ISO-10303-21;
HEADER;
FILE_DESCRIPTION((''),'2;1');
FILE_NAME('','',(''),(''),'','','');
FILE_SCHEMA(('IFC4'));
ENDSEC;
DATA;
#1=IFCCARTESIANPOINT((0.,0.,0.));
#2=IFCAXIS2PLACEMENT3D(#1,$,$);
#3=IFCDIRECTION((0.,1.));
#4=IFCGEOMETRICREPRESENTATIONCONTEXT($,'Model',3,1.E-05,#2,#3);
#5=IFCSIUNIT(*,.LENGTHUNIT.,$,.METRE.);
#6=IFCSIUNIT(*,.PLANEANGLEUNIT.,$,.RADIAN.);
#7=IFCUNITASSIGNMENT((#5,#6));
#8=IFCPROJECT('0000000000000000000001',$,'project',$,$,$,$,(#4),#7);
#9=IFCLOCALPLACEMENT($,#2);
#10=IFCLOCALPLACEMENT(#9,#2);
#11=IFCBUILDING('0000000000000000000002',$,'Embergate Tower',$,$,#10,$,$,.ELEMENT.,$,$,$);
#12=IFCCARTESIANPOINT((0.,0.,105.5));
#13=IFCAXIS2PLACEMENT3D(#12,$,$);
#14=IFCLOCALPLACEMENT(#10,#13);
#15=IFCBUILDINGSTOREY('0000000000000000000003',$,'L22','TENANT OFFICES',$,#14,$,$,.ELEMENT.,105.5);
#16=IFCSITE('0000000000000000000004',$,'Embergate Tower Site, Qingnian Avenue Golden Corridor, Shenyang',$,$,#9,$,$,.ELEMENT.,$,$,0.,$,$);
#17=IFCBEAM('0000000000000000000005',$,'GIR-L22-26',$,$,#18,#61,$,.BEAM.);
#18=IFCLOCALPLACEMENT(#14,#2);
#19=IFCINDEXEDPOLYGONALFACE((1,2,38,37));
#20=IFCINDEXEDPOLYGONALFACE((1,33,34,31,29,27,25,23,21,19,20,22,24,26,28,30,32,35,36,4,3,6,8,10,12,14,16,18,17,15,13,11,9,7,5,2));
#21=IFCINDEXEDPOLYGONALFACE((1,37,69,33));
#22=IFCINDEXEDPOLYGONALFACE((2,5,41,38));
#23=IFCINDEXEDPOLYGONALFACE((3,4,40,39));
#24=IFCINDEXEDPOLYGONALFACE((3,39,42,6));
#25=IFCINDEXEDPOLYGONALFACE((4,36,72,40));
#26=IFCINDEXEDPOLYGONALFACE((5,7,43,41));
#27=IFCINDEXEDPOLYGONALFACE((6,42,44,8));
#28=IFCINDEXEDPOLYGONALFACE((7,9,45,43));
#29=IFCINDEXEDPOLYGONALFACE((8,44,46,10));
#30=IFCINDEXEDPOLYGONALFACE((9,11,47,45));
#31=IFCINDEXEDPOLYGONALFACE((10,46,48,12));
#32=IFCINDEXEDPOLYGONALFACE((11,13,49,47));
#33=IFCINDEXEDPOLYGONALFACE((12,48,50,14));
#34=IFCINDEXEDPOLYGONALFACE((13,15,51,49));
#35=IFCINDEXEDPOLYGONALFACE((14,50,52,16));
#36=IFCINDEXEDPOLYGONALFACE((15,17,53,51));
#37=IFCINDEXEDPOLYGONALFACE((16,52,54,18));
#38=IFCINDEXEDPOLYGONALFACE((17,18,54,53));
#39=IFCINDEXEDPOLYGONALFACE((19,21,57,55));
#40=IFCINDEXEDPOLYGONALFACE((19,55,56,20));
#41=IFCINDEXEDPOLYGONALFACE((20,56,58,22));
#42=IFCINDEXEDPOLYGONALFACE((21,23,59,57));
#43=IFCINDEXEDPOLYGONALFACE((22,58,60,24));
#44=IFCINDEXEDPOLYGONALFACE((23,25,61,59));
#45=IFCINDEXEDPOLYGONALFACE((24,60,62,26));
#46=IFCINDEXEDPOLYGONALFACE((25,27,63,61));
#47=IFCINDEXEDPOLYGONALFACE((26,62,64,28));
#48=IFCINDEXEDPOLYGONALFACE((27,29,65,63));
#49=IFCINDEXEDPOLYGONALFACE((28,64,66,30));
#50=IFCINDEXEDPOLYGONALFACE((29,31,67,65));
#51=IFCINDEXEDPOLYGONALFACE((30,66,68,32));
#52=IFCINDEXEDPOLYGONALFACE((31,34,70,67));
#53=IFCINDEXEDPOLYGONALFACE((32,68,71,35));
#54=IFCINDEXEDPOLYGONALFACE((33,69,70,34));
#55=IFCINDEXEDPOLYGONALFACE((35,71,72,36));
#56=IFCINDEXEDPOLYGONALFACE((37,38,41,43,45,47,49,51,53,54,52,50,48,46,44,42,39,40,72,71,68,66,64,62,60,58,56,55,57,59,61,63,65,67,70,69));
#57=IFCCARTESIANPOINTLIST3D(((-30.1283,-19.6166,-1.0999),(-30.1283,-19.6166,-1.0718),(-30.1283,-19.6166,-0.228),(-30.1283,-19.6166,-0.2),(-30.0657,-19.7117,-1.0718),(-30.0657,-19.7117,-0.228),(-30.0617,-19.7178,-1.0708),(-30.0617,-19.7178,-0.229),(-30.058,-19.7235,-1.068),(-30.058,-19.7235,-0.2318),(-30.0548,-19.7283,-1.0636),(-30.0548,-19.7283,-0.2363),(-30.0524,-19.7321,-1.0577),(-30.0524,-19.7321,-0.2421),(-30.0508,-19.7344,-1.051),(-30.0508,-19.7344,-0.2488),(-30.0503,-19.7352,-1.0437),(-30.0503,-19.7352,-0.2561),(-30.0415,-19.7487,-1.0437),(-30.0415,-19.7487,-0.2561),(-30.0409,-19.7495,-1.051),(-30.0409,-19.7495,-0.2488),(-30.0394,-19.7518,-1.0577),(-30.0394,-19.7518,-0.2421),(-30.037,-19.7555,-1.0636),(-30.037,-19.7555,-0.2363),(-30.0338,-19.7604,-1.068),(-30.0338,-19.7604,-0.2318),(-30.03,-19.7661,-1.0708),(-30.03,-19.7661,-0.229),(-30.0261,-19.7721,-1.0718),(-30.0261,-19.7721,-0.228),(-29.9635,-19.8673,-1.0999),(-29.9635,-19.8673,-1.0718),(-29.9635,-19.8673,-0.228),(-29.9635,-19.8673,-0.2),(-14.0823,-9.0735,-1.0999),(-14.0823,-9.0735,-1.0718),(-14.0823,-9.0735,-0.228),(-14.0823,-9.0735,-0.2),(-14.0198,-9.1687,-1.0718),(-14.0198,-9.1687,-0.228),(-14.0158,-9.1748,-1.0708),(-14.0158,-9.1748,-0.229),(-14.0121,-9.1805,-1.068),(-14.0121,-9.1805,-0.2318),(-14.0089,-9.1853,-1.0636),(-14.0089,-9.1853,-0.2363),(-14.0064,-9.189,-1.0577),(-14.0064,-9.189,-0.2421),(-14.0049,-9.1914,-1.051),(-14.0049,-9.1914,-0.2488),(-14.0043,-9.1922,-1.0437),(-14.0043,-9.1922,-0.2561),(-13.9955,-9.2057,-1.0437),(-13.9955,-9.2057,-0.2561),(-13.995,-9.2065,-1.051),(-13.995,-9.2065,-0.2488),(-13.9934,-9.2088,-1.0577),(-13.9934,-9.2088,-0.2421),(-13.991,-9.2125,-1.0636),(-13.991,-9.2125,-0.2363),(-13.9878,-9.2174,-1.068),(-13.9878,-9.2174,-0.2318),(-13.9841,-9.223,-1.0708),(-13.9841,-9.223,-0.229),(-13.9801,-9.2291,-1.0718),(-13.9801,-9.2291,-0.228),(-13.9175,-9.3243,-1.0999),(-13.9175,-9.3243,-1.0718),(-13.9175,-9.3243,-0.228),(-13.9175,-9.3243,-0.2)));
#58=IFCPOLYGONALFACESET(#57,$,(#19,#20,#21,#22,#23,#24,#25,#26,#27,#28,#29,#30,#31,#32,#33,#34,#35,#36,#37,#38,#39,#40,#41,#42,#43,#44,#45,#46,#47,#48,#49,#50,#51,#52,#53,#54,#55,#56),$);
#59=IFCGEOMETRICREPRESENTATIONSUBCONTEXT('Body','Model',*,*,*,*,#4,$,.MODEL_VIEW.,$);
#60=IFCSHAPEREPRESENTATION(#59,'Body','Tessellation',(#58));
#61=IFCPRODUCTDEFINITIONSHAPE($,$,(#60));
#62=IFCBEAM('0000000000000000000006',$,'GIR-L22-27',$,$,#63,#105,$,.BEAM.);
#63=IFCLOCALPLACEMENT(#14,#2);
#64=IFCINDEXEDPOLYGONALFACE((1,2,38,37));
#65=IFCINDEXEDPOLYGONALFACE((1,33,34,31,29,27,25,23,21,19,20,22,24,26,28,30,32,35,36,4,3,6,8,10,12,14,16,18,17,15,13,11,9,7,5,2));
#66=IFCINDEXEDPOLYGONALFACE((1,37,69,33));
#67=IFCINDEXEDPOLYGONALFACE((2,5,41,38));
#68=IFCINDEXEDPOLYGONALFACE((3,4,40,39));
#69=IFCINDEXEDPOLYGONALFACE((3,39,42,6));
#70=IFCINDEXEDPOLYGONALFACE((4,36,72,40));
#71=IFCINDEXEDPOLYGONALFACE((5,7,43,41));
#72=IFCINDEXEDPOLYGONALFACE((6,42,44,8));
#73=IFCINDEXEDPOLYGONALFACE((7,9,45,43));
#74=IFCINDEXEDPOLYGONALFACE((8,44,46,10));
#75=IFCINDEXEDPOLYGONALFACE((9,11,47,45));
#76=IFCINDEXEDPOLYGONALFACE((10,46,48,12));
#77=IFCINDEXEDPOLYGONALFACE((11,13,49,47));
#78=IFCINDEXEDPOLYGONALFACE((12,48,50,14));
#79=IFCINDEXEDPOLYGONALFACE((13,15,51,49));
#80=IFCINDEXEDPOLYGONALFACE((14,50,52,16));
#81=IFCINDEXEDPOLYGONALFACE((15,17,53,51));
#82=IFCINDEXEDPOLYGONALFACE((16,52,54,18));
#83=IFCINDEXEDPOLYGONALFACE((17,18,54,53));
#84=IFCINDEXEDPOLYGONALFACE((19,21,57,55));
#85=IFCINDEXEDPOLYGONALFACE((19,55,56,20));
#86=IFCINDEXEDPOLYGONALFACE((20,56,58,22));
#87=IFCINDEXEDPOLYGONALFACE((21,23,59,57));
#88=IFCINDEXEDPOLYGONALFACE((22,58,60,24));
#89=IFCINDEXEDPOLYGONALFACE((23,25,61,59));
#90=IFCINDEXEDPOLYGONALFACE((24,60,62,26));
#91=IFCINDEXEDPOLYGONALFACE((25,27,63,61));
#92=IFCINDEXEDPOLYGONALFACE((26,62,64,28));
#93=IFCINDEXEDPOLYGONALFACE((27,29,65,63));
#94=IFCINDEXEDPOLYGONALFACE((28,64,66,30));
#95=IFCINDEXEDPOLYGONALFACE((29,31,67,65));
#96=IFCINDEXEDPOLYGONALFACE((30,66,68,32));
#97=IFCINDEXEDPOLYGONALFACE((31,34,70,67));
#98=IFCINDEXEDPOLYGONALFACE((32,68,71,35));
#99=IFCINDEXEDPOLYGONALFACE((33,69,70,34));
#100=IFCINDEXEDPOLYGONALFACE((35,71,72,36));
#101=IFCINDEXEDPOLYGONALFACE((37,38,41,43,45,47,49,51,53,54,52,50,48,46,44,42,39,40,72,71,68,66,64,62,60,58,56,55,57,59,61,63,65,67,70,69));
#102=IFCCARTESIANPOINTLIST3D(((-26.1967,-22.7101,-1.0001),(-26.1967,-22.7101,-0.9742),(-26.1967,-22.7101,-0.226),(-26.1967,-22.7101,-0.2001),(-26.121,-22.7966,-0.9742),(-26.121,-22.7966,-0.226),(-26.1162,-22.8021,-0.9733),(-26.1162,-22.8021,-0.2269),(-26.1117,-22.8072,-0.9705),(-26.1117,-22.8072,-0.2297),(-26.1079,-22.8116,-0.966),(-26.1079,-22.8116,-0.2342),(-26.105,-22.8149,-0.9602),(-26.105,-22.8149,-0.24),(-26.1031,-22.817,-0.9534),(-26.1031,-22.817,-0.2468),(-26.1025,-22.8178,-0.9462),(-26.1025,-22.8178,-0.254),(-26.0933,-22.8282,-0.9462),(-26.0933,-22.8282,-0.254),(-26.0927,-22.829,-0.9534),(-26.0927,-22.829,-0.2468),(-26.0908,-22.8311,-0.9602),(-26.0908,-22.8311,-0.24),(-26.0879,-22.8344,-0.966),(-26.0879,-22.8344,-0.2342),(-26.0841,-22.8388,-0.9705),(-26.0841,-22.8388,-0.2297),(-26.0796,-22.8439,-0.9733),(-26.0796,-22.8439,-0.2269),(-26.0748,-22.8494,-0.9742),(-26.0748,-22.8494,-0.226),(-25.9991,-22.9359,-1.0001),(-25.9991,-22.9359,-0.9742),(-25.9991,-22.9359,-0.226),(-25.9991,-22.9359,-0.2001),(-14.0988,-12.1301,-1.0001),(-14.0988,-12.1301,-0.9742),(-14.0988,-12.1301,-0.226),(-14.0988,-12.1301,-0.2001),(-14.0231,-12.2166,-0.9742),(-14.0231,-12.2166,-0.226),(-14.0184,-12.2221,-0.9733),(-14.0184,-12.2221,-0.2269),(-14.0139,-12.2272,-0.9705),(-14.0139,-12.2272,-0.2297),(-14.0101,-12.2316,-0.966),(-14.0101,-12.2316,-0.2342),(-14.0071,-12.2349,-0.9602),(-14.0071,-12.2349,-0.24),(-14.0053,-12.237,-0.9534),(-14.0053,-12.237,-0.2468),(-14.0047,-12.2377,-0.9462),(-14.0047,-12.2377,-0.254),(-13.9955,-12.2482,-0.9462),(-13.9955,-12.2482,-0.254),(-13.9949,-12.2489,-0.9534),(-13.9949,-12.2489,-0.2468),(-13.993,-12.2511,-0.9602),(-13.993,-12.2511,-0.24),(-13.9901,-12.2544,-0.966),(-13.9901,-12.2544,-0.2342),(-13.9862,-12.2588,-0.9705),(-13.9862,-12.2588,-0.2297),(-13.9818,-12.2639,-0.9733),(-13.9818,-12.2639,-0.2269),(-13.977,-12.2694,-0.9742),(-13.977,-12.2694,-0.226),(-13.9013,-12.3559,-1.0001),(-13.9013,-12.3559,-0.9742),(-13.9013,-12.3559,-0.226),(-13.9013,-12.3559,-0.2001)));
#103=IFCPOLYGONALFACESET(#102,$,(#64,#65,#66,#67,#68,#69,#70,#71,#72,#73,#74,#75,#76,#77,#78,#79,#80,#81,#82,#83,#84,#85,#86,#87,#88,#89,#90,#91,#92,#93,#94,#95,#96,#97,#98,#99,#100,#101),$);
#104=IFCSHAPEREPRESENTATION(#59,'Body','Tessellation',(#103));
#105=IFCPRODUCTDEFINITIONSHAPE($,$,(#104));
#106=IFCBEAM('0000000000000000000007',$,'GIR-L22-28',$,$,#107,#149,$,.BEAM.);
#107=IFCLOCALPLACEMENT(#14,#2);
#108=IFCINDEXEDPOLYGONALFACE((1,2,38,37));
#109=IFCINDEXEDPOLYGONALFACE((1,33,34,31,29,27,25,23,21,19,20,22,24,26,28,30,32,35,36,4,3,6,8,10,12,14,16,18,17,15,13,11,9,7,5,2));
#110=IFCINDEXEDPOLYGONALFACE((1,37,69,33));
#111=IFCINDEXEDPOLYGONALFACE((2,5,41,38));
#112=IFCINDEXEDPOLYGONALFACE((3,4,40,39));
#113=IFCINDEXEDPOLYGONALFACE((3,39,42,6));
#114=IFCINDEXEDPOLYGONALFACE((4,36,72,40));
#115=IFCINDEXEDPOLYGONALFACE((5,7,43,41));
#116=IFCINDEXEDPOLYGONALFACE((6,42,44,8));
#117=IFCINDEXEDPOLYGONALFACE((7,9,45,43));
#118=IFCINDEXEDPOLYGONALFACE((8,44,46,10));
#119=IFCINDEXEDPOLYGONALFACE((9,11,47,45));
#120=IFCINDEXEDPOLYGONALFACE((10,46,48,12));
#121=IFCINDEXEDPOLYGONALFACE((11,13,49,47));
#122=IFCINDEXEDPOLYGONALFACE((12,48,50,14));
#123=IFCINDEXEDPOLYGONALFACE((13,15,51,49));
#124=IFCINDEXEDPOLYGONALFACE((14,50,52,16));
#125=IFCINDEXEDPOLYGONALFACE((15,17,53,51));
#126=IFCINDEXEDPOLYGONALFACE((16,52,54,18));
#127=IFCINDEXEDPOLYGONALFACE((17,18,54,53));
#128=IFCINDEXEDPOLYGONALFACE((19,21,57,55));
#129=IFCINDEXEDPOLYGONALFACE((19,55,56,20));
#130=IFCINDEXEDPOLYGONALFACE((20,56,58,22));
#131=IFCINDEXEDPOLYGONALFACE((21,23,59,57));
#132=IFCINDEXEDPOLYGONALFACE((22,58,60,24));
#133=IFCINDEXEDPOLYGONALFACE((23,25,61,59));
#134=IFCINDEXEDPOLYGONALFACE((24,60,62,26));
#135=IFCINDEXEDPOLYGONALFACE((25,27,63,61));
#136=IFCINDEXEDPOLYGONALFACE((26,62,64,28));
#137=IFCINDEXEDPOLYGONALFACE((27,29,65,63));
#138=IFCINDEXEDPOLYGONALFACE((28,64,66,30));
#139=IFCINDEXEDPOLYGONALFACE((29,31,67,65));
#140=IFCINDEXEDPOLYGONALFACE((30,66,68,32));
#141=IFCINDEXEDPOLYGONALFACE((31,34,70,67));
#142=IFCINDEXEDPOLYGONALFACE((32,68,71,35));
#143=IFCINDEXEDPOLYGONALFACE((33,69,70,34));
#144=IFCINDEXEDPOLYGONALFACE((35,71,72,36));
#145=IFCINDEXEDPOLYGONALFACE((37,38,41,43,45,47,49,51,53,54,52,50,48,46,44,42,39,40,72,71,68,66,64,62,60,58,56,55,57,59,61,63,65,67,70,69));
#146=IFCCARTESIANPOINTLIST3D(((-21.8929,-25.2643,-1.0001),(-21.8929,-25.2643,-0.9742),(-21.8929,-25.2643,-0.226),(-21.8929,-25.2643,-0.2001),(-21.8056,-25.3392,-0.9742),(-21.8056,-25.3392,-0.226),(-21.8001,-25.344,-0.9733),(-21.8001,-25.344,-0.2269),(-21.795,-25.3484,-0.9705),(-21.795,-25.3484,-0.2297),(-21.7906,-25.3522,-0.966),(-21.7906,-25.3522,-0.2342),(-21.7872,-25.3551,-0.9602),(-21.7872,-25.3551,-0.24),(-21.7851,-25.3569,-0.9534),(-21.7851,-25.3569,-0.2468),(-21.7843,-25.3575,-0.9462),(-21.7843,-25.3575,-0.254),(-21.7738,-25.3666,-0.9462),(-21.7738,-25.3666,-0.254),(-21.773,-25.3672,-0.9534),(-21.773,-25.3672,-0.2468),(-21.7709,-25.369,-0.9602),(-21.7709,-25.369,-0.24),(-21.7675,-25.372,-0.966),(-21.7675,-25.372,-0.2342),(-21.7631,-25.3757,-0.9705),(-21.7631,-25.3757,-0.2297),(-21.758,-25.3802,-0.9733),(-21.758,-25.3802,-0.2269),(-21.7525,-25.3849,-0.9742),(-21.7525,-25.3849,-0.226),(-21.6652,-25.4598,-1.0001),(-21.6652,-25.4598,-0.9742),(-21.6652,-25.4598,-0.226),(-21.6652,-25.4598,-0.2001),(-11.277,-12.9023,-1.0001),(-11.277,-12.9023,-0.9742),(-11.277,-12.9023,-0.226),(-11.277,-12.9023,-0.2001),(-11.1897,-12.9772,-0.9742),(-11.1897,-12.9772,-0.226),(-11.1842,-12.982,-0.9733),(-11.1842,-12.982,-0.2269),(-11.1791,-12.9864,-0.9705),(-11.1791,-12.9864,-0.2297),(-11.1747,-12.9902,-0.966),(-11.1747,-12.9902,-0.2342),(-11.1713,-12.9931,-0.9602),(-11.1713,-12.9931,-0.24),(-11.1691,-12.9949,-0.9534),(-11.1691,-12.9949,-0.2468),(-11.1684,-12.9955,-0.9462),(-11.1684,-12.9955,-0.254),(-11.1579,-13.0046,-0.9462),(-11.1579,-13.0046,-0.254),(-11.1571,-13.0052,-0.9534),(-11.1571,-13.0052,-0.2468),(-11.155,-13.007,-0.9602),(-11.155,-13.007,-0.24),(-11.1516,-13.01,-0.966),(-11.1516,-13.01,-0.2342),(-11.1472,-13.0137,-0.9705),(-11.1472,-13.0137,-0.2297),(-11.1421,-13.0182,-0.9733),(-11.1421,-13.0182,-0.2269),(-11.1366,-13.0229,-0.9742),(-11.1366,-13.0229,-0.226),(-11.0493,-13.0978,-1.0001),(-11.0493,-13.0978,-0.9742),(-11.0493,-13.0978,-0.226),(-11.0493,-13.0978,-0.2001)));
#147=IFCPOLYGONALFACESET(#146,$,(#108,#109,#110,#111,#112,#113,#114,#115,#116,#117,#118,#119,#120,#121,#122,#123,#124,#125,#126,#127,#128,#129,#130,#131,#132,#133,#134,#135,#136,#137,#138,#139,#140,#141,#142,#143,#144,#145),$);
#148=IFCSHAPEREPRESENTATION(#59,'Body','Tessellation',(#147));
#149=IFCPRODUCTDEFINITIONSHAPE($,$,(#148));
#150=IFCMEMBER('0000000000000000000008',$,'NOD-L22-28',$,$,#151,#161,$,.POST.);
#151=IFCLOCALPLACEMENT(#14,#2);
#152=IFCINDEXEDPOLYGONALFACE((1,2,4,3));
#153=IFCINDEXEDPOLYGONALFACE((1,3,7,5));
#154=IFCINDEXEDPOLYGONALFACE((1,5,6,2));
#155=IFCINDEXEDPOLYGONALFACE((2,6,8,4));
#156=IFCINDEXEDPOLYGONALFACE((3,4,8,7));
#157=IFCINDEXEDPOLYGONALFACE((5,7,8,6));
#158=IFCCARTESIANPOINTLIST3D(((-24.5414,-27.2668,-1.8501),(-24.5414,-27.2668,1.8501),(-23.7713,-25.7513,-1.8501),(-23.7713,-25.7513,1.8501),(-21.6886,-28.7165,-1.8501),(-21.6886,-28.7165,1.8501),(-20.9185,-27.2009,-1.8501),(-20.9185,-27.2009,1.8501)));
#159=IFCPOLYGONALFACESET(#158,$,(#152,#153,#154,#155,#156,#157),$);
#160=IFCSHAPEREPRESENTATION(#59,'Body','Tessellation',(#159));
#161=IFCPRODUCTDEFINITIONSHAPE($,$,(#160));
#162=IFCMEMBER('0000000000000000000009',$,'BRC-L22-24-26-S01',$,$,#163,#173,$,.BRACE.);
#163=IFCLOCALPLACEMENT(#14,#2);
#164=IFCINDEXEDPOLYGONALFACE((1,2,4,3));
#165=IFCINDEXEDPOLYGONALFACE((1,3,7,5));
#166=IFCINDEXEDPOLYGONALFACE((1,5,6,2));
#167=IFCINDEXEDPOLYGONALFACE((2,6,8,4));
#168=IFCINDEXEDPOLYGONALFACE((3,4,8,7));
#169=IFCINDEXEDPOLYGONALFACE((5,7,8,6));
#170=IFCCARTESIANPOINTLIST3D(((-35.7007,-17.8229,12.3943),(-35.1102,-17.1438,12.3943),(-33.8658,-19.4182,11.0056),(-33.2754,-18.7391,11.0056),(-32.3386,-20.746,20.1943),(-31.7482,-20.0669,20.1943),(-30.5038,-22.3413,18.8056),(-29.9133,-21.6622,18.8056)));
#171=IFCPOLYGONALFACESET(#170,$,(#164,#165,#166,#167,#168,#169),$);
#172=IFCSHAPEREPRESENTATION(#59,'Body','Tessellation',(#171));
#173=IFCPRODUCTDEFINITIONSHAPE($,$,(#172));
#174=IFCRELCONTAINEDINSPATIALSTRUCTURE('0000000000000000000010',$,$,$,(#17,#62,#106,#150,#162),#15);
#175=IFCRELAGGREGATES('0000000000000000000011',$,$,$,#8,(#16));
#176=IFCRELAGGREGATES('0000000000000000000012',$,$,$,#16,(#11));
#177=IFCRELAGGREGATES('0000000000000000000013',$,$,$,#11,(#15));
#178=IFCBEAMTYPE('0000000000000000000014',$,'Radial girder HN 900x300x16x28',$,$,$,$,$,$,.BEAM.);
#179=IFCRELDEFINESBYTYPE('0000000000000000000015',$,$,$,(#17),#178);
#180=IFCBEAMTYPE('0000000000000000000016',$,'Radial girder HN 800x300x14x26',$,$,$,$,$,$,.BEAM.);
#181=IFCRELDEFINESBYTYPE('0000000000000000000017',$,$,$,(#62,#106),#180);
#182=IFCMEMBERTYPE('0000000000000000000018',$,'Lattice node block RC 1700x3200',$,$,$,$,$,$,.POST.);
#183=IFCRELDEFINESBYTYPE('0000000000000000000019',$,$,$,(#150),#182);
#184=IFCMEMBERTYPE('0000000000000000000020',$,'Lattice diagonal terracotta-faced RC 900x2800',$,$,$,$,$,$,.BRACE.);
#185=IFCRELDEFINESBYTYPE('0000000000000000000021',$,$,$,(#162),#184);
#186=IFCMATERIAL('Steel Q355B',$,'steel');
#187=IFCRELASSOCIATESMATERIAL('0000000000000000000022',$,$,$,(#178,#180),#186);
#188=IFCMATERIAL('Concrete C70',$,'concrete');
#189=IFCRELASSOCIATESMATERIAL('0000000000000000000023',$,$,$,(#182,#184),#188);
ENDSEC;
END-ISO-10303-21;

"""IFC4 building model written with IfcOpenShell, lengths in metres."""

from ifc_helpers import new_model, si_unit, direction, frame, origin, origin_2d, place, context, subcontext, project, spatial, rectangle, i_section, extrude, source, transform, mapped, material, material_profile, profile_set, type_object, element, save


model = new_model("IFC4")

# Units and contexts
model_context = context("Model", 3, precision=1e-05, world=origin(), true_north=direction((0.0, 1.0)))
body_context = subcontext(model_context, "Body", "Model", "MODEL_VIEW")
ifc_project = project(units=[si_unit("LENGTHUNIT", "METRE"), si_unit("PLANEANGLEUNIT", "RADIAN")], contexts=[model_context])

# Site, building, storey
site_placement = place(None, origin())
site = spatial("IfcSite", under=ifc_project, at=site_placement, Name="Embergate Tower Site, Qingnian Avenue Golden Corridor, Shenyang", CompositionType="ELEMENT", RefElevation=0.0)
building_placement = place(site_placement, origin())
building = spatial("IfcBuilding", under=site, at=building_placement, Name="Embergate Tower", CompositionType="ELEMENT")
storey_placement = place(building_placement, frame((0.0, 0.0, 105.5)))
storey = spatial("IfcBuildingStorey", under=building, at=storey_placement, Name="L22", Description="TENANT OFFICES", CompositionType="ELEMENT", Elevation=105.5)

# Shared definitions
ifc_material_1 = material(Name="Concrete C70", Category="concrete")

# Beams
ifc_material_2 = material(Name="Steel Q355B", Category="steel")
ifc_material_profile_1 = material_profile(ifc_material_2, i_section(OverallWidth=0.3, OverallDepth=0.8999, WebThickness=0.0161, FlangeThickness=0.0281, FilletRadius=0.0281, at=origin_2d()), Name="HN 900x300x16x28")
ifc_profile_set_1 = profile_set([ifc_material_profile_1], Name="Steel Q355 grade B")
beam_type_1 = type_object("IfcBeamType", Name="Radial girder HN 900x300x16x28", PredefinedType="BEAM", material=ifc_profile_set_1)
shared_shape_1 = source(origin(), body_context, "Body", "SweptSolid", [
    extrude(i_section(OverallWidth=0.3, OverallDepth=0.8999, WebThickness=0.0161, FlangeThickness=0.0281, FilletRadius=0.0281, at=origin_2d()), origin(), (0.0, 0.0, 1.0), 19.1997),
])
beam_1_placement = place(storey_placement, frame((-30.0459, -19.7419, -0.6499), z_axis=(0.835741, 0.549124, 0.0), x_axis=(-0.549124, 0.835741, 0.0)))
element("IfcBeam", 1, at=beam_1_placement, inside=storey, type_object=beam_type_1, Name="GIR-L22-26", PredefinedType="BEAM", context=body_context, shape_type="MappedRepresentation", body=[
    mapped(shared_shape_1, transform((0.0, 0.0, 0.0))),
])
ifc_material_profile_2 = material_profile(ifc_material_2, i_section(OverallWidth=0.3, OverallDepth=0.8, WebThickness=0.0139, FlangeThickness=0.0259, FilletRadius=0.0281, at=origin_2d()), Name="HN 800x300x14x26")
ifc_profile_set_2 = profile_set([ifc_material_profile_2], Name="Steel Q355 grade B")
beam_type_2 = type_object("IfcBeamType", Name="Radial girder HN 800x300x14x26", PredefinedType="BEAM", material=ifc_profile_set_2)
shared_shape_2 = source(origin(), body_context, "Body", "SweptSolid", [
    extrude(i_section(OverallWidth=0.3, OverallDepth=0.8, WebThickness=0.0139, FlangeThickness=0.0259, FilletRadius=0.0281, at=origin_2d()), origin(), (0.0, 0.0, 1.0), 16.0715),
])
beam_2_placement = place(storey_placement, frame((-26.0979, -22.823, -0.6001), z_axis=(0.752749, 0.658308, 0.0), x_axis=(-0.658308, 0.752749, 0.0)))
element("IfcBeam", 2, at=beam_2_placement, inside=storey, type_object=beam_type_2, Name="GIR-L22-27", PredefinedType="BEAM", context=body_context, shape_type="MappedRepresentation", body=[
    mapped(shared_shape_2, transform((0.0, 0.0, 0.0))),
])
shared_shape_3 = source(origin(), body_context, "Body", "SweptSolid", [
    extrude(i_section(OverallWidth=0.3, OverallDepth=0.8, WebThickness=0.0139, FlangeThickness=0.0259, FilletRadius=0.0281, at=origin_2d()), origin(), (0.0, 0.0, 1.0), 16.2947),
])
beam_3_placement = place(storey_placement, frame((-21.7791, -25.3621, -0.6001), z_axis=(0.651496, 0.758652, 0.0), x_axis=(-0.758652, 0.651496, 0.0)))
element("IfcBeam", 3, at=beam_3_placement, inside=storey, type_object=beam_type_2, Name="GIR-L22-28", PredefinedType="BEAM", context=body_context, shape_type="MappedRepresentation", body=[
    mapped(shared_shape_3, transform((0.0, 0.0, 0.0))),
])

# Members
ifc_material_profile_3 = material_profile(ifc_material_1, rectangle(XDim=1.7, YDim=3.2, at=origin_2d()), Name="RC 1700x3200")
ifc_profile_set_3 = profile_set([ifc_material_profile_3], Name="Concrete C70")
member_type_1 = type_object("IfcMemberType", Name="Lattice node block RC 1700x3200", PredefinedType="POST", material=ifc_profile_set_3)
shared_shape_4 = source(origin(), body_context, "Body", "SweptSolid", [
    extrude(rectangle(XDim=1.7, YDim=3.2, at=origin_2d()), origin(), (0.0, 0.0, 1.0), 3.7002),
])
member_1_placement = place(storey_placement, frame((-22.73, -27.2339, -1.8501), z_axis=(0.0, 0.0, 1.0), x_axis=(-0.453011, -0.891505, 0.0)))
element("IfcMember", 4, at=member_1_placement, inside=storey, type_object=member_type_1, Name="NOD-L22-28", PredefinedType="POST", context=body_context, shape_type="MappedRepresentation", body=[
    mapped(shared_shape_4, transform((0.0, 0.0, 0.0))),
])
ifc_material_profile_4 = material_profile(ifc_material_1, rectangle(XDim=0.8999, YDim=2.8, at=origin_2d()), Name="RC 900x2800")
ifc_profile_set_4 = profile_set([ifc_material_profile_4], Name="Concrete C70")
member_type_2 = type_object("IfcMemberType", Name="Lattice diagonal terracotta-faced RC 900x2800", PredefinedType="BRACE", material=ifc_profile_set_4)
shared_shape_5 = source(origin(), body_context, "Body", "SweptSolid", [
    extrude(rectangle(XDim=0.8999, YDim=2.8, at=origin_2d()), origin(), (0.0, 0.0, 1.0), 8.9827),
])
member_2_placement = place(storey_placement, frame((-34.488, -18.281, 11.7), z_axis=(0.374282, -0.325414, 0.868342), x_axis=(0.656123, 0.754654, 0.0)))
element("IfcMember", 5, at=member_2_placement, inside=storey, type_object=member_type_2, Name="BRC-L22-24-26-S01", PredefinedType="BRACE", context=body_context, shape_type="MappedRepresentation", body=[
    mapped(shared_shape_5, transform((0.0, 0.0, 0.0))),
])

save(model, "model.ifc")
